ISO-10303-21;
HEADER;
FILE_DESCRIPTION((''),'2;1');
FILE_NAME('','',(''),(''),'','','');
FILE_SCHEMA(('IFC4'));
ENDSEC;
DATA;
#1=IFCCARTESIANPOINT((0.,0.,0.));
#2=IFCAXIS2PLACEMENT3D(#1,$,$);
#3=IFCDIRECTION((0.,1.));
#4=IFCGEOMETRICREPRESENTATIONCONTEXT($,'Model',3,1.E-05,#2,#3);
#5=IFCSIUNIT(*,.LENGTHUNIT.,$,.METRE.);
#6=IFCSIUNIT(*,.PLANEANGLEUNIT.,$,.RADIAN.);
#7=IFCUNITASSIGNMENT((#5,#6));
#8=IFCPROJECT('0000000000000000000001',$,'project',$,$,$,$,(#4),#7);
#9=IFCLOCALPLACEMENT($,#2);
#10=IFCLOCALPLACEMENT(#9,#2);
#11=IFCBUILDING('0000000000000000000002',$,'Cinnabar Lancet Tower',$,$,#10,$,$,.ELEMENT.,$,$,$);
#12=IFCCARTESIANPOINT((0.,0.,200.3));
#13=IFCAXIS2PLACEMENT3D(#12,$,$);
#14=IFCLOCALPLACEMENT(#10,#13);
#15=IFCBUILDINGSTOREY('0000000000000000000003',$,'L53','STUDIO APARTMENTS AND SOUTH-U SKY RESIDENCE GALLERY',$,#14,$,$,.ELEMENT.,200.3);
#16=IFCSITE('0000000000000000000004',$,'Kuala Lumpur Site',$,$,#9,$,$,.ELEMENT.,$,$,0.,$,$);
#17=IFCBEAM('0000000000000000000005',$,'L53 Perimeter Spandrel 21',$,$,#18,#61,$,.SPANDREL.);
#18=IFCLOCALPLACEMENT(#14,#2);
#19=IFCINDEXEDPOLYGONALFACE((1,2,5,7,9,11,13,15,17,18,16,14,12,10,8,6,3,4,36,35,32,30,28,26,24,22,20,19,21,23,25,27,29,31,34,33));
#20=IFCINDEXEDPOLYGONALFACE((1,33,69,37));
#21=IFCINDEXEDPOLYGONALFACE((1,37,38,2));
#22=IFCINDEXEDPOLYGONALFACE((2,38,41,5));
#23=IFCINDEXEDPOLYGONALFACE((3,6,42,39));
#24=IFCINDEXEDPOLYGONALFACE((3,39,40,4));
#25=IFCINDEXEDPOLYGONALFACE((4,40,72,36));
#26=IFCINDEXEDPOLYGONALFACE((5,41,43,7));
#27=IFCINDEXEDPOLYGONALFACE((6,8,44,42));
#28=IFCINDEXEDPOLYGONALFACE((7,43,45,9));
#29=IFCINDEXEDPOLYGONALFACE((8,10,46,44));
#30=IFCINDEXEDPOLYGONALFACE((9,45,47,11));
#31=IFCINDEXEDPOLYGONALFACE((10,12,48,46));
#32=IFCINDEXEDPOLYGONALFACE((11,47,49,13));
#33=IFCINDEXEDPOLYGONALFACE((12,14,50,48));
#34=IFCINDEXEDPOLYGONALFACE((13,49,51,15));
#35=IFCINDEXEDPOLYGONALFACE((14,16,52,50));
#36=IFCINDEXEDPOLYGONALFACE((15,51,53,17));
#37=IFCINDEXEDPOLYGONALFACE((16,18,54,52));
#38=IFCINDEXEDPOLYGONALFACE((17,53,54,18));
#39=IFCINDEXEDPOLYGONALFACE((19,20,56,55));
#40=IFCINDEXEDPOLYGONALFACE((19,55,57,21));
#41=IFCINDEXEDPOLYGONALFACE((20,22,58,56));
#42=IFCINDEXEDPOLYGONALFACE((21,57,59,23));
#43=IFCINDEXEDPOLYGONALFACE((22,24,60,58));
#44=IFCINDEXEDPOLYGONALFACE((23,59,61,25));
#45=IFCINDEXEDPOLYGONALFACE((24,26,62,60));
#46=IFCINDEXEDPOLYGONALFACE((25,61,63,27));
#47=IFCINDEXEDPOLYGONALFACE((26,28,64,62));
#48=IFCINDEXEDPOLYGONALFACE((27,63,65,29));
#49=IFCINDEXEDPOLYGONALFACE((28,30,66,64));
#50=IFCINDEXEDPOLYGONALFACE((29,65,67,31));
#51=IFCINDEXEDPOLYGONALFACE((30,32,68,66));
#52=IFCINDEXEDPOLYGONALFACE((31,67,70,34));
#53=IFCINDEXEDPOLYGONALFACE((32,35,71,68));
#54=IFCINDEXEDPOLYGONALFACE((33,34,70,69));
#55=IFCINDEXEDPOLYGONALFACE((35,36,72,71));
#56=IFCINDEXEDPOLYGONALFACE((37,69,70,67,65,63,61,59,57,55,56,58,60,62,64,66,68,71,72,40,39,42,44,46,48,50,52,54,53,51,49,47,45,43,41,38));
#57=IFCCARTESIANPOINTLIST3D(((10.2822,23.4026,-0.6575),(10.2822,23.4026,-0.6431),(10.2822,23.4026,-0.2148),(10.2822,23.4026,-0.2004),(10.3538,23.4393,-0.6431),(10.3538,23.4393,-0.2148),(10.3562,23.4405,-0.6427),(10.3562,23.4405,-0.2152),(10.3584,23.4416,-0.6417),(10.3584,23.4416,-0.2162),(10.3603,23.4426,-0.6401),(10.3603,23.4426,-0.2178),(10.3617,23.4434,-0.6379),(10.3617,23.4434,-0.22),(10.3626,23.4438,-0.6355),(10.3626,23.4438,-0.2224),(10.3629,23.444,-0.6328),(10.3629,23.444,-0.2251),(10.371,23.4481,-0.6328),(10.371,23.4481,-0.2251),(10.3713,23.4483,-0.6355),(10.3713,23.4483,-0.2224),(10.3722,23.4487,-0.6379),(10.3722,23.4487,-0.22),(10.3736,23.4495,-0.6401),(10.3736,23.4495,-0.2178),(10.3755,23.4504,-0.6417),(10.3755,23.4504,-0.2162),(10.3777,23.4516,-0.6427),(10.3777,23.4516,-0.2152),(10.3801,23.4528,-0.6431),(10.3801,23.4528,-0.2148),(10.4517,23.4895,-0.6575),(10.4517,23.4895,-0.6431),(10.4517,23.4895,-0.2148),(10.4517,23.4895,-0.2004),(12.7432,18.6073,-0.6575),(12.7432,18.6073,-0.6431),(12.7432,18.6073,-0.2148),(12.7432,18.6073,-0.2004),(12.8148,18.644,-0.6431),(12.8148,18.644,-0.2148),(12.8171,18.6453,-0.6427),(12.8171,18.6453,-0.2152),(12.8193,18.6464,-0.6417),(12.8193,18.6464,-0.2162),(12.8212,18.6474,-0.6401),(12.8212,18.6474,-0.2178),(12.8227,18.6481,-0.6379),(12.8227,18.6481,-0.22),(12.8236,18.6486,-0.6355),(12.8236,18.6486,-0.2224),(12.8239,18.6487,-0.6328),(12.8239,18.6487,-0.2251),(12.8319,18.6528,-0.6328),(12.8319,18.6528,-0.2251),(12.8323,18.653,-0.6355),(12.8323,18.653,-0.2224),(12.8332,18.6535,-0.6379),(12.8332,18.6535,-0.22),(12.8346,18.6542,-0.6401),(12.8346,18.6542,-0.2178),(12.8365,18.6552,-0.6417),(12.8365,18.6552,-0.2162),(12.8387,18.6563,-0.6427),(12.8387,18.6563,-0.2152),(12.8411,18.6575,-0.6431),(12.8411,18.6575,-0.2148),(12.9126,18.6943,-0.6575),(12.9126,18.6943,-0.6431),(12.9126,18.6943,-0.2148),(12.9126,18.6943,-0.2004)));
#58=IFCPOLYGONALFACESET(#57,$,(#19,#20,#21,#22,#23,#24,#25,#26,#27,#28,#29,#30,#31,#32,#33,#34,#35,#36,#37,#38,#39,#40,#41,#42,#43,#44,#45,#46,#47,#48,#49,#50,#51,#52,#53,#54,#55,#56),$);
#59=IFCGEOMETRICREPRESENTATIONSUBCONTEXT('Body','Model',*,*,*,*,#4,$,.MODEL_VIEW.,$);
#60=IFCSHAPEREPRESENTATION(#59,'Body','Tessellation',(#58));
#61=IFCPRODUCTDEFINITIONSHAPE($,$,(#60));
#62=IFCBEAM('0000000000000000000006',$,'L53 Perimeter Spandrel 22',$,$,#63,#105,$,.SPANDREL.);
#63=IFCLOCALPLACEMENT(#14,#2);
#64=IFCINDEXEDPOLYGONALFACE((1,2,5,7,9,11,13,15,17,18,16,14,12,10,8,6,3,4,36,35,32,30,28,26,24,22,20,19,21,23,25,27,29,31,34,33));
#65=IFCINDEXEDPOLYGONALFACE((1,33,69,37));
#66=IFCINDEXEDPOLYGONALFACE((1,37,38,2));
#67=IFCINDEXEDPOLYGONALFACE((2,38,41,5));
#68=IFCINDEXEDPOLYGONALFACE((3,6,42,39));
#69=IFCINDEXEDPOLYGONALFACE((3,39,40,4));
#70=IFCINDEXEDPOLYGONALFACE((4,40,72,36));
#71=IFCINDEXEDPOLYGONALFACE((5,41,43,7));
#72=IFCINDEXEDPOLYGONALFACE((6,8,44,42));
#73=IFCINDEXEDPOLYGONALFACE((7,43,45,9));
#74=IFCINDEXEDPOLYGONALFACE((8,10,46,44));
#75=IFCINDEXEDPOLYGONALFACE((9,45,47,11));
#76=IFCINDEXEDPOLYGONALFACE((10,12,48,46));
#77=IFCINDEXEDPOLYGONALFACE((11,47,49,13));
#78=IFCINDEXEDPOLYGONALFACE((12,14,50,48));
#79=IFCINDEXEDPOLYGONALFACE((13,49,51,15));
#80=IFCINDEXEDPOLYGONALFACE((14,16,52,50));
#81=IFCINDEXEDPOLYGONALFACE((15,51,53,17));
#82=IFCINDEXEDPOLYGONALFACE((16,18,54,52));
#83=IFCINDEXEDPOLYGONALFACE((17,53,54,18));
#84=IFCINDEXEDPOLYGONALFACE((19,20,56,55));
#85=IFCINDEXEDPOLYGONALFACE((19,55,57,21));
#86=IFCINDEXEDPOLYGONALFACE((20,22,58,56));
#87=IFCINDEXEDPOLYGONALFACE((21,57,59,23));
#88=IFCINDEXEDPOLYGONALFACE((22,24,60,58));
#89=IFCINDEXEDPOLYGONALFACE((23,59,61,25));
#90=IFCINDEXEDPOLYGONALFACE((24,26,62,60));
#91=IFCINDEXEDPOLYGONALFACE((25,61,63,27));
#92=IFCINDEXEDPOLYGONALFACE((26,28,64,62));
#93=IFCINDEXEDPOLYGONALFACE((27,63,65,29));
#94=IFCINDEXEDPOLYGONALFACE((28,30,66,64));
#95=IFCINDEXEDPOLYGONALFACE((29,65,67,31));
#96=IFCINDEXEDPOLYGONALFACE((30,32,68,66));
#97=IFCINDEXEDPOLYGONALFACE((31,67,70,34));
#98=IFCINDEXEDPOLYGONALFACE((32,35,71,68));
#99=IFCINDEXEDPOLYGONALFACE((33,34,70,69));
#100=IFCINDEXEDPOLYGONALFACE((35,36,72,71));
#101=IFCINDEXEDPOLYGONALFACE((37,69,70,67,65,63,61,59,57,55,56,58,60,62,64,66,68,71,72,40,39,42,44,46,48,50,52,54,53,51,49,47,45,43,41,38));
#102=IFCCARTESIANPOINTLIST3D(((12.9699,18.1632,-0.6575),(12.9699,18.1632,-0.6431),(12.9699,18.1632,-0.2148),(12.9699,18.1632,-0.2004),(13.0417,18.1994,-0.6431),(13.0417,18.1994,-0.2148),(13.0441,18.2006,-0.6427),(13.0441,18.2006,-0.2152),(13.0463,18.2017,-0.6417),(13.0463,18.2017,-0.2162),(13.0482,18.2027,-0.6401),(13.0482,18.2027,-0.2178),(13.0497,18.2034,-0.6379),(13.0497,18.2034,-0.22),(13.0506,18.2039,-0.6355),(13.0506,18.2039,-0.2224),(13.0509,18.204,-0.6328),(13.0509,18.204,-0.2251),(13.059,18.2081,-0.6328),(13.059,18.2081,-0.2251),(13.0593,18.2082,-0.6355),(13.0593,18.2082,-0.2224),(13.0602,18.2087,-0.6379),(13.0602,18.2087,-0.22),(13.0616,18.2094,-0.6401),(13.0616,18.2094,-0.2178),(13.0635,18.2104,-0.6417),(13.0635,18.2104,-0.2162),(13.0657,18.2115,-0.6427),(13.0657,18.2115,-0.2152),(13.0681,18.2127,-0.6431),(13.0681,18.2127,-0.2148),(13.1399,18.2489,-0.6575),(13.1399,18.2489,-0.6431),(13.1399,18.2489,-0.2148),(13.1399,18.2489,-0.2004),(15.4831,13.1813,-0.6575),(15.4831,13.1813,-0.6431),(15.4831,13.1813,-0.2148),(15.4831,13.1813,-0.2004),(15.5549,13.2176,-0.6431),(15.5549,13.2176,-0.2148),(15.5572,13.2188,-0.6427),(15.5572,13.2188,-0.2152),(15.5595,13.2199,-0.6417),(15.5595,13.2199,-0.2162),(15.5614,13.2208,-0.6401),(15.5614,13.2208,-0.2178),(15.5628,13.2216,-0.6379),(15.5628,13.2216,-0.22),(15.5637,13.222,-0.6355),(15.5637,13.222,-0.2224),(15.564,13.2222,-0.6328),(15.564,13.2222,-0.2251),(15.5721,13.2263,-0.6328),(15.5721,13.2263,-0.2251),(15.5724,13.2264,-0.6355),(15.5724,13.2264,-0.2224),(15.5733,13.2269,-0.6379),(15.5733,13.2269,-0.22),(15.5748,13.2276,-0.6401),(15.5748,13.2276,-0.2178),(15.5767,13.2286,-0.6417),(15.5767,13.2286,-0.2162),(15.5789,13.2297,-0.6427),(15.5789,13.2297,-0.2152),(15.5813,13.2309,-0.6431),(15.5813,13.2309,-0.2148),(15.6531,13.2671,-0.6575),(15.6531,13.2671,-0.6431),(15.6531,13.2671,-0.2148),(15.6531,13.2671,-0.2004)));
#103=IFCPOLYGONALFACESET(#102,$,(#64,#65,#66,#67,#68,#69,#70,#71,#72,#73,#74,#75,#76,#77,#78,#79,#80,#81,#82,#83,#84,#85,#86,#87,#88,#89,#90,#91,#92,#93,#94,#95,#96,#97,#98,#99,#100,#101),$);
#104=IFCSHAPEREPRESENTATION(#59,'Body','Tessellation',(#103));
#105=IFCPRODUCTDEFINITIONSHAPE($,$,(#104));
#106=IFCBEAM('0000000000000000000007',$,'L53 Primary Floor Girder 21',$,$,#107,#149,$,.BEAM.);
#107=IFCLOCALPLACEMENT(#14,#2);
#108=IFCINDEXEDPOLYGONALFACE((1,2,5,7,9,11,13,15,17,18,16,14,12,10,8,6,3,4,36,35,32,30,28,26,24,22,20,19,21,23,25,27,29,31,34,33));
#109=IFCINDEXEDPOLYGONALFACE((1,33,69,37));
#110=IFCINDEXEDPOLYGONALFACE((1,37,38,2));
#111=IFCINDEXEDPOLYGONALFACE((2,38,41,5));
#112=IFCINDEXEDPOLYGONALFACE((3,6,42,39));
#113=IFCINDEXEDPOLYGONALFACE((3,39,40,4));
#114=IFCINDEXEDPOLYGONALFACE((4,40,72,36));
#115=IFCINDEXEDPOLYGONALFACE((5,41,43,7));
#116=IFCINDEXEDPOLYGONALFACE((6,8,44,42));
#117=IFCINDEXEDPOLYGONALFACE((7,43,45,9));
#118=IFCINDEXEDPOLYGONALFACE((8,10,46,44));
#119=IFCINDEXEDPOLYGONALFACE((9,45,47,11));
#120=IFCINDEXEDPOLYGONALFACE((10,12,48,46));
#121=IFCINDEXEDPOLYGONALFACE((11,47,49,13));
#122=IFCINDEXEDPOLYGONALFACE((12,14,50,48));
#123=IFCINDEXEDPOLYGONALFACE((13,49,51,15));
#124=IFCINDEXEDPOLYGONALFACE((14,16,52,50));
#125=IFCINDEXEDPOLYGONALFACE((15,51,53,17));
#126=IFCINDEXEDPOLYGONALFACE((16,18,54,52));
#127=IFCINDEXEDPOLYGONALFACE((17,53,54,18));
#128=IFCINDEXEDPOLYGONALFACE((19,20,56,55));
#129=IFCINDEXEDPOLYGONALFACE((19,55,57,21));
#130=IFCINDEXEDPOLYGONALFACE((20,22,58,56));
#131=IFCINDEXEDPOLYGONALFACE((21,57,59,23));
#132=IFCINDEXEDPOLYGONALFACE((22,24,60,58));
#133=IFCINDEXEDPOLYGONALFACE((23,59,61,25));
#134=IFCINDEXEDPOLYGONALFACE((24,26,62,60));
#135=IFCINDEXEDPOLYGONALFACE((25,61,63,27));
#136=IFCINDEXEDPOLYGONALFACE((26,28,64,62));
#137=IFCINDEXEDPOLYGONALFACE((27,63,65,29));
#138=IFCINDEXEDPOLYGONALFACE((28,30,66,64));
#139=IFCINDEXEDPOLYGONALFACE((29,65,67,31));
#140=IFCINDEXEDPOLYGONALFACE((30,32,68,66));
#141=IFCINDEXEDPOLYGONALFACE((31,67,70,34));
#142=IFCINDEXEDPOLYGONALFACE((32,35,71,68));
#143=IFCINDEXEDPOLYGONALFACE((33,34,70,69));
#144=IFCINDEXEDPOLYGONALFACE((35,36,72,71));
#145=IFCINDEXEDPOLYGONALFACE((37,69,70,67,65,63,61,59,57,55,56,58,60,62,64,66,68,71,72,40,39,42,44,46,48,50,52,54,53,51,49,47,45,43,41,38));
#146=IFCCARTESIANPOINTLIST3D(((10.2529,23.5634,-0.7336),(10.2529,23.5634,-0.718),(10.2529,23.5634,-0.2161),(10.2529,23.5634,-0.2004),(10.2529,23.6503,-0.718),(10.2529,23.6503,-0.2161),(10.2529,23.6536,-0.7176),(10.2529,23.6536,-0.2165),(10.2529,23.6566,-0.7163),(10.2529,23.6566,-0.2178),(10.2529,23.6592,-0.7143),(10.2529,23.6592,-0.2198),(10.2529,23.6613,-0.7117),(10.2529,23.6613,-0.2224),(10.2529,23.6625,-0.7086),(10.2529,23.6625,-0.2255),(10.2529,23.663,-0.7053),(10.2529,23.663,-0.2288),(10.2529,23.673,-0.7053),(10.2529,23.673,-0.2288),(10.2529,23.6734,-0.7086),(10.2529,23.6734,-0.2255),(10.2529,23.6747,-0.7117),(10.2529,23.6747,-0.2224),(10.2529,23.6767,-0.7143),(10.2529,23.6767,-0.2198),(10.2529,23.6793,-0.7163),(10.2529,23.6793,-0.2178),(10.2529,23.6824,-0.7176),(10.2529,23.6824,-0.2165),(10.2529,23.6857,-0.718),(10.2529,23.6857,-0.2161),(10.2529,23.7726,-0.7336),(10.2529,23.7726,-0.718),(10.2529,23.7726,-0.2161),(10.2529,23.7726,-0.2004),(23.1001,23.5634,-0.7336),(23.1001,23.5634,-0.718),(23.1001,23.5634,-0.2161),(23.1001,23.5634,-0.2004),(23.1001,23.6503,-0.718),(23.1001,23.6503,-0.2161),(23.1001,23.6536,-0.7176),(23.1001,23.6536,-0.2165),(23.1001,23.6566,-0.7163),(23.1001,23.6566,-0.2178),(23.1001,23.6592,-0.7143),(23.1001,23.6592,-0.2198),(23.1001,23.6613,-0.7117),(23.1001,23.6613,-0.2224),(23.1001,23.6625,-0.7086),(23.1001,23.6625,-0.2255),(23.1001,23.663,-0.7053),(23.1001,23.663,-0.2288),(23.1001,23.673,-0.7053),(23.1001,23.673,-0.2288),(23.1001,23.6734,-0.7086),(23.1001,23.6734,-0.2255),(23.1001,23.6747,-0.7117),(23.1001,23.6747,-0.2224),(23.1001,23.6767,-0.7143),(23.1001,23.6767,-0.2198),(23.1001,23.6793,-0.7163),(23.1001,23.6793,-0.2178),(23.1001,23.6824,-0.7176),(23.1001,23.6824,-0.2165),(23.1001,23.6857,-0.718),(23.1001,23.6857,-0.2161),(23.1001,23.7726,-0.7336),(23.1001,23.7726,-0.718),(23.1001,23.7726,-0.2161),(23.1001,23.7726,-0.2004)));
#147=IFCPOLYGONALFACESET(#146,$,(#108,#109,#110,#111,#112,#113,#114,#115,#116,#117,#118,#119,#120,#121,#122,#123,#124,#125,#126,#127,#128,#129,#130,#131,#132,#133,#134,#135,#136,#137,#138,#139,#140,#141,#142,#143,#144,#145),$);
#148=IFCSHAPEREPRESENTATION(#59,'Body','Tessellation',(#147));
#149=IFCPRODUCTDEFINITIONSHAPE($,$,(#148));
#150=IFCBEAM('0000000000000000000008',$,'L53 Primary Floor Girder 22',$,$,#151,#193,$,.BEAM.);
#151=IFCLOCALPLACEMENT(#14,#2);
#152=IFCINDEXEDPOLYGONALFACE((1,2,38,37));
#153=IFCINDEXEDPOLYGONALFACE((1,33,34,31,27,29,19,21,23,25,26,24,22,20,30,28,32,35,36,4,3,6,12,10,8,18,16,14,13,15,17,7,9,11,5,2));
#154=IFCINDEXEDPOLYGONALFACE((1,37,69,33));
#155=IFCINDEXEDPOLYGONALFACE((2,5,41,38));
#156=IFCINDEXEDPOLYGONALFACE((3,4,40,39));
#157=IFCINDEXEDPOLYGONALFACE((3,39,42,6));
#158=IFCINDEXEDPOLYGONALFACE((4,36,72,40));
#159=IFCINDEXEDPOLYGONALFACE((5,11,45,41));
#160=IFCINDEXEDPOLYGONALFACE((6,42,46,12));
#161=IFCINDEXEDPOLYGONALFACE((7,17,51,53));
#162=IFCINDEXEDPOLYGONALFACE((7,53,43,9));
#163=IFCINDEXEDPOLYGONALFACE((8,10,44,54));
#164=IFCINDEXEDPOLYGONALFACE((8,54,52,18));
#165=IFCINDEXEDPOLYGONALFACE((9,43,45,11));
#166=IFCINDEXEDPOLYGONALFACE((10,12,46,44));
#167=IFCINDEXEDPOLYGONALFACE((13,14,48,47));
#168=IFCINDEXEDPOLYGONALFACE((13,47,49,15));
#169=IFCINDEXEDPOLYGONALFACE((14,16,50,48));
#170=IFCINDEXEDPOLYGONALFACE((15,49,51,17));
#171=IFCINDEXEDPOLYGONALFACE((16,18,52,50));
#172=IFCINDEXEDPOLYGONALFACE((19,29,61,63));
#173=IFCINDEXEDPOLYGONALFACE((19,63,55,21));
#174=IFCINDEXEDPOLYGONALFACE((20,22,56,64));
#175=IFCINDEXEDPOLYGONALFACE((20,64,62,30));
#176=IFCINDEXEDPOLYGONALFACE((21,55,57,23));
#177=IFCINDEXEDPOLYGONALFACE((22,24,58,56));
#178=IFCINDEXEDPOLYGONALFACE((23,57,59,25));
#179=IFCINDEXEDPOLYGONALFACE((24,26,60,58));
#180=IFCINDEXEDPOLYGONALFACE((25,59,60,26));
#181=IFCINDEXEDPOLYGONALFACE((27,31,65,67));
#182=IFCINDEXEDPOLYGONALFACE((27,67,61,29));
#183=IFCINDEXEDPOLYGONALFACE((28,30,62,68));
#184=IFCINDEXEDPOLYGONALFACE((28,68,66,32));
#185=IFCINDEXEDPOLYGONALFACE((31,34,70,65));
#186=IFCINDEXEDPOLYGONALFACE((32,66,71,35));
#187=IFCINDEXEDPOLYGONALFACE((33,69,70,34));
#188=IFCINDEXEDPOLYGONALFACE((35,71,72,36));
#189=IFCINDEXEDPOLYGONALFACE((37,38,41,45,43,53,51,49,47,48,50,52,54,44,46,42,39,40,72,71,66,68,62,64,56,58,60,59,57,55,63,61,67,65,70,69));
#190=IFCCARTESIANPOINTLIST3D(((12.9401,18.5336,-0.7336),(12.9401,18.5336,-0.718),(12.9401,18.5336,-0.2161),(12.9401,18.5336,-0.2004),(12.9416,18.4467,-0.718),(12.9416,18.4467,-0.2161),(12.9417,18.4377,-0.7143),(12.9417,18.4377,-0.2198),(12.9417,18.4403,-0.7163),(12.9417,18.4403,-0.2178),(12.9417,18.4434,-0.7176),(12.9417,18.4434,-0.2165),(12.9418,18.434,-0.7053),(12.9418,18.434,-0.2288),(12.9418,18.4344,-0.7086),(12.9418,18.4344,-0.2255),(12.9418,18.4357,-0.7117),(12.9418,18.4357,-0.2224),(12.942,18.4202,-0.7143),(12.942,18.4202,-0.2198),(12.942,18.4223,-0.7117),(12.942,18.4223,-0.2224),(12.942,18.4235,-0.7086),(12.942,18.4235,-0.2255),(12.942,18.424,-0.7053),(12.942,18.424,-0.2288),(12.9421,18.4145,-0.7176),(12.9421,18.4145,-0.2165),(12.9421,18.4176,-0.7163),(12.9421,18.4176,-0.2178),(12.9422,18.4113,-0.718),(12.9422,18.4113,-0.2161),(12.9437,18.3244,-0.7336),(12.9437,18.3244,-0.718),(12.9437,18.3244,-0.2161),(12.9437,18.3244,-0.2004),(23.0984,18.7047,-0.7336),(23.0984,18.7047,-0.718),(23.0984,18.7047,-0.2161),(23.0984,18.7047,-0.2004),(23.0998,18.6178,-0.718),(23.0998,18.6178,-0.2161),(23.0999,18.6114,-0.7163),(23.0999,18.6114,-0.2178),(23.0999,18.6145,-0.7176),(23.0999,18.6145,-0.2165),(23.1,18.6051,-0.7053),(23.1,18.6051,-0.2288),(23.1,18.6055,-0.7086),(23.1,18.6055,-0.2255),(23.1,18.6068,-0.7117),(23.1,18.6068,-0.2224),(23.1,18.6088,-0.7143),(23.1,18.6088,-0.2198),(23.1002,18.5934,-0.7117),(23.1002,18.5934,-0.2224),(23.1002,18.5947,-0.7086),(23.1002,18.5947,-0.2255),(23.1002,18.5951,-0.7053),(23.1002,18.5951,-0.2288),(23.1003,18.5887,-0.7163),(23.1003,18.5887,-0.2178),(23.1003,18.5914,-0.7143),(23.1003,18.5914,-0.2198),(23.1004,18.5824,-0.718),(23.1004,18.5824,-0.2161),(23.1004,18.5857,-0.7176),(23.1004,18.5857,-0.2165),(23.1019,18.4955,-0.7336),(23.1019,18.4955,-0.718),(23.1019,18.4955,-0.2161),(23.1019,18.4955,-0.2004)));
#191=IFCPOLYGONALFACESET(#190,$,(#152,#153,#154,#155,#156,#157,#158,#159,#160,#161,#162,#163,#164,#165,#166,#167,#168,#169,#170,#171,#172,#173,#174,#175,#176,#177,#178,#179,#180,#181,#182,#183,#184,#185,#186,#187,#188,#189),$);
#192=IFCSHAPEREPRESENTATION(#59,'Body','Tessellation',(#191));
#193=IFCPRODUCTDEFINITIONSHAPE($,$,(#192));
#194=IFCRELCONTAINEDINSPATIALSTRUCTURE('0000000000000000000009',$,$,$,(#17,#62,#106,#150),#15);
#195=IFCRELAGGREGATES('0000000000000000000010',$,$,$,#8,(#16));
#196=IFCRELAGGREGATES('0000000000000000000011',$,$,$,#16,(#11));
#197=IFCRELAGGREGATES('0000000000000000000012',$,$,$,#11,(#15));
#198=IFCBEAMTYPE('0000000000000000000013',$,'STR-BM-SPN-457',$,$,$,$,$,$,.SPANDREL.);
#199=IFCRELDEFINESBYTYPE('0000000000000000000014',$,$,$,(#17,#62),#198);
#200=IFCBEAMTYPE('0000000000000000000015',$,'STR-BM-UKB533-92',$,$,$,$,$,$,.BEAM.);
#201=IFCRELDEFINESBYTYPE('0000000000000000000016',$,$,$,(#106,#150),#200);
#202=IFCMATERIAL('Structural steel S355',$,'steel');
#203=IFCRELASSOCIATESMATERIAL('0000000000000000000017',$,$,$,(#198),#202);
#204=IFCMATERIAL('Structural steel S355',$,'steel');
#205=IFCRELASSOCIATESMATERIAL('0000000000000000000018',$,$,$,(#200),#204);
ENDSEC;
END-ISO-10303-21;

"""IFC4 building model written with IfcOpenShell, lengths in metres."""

from ifc_helpers import new_model, si_unit, direction, frame, origin, origin_2d, place, context, subcontext, project, spatial, i_section, extrude, material, material_profile, profile_set, type_object, element, save


model = new_model("IFC4")

# Units and contexts
model_context = context("Model", 3, precision=1e-05, world=origin(), true_north=direction((0.0, 1.0)))
body_context = subcontext(model_context, "Body", "Model", "MODEL_VIEW")
ifc_project = project(units=[si_unit("LENGTHUNIT", "METRE"), si_unit("PLANEANGLEUNIT", "RADIAN")], contexts=[model_context])

# Site, building, storey
site_placement = place(None, origin())
site = spatial("IfcSite", under=ifc_project, at=site_placement, Name="Kuala Lumpur Site", CompositionType="ELEMENT", RefElevation=0.0)
building_placement = place(site_placement, origin())
building = spatial("IfcBuilding", under=site, at=building_placement, Name="Cinnabar Lancet Tower", CompositionType="ELEMENT")
storey_placement = place(building_placement, frame((0.0, 0.0, 200.3)))
storey = spatial("IfcBuildingStorey", under=building, at=storey_placement, Name="L53", Description="STUDIO APARTMENTS AND SOUTH-U SKY RESIDENCE GALLERY", CompositionType="ELEMENT", Elevation=200.3)

# Beams
ifc_material_1 = material(Name="Structural steel S355", Category="steel")
ifc_material_profile_1 = material_profile(ifc_material_1, i_section(OverallWidth=0.1904, OverallDepth=0.457, WebThickness=0.009, FlangeThickness=0.0144, FilletRadius=0.0103, at=origin_2d()), Name="UKB 457x191x74")
ifc_profile_set_1 = profile_set([ifc_material_profile_1], Name="Structural steel S355")
beam_type_1 = type_object("IfcBeamType", Name="STR-BM-SPN-457", PredefinedType="SPANDREL", material=ifc_profile_set_1)
beam_1_placement = place(storey_placement, frame((10.3669, 23.446, -0.429), z_axis=(0.456593, -0.889676, 0.0), x_axis=(0.889676, 0.456593, 0.0)))
element("IfcBeam", 1, at=beam_1_placement, inside=storey, type_object=beam_type_1, Name="L53 Perimeter Spandrel 21", PredefinedType="SPANDREL", context=body_context, shape_type="SweptSolid", body=[
    extrude(i_section(OverallWidth=0.1904, OverallDepth=0.457, WebThickness=0.009, FlangeThickness=0.0144, FilletRadius=0.0103, at=origin_2d()), origin(), (0.0, 0.0, 1.0), 5.3899),
])
beam_2_placement = place(storey_placement, frame((13.0549, 18.2061, -0.429), z_axis=(0.450396, -0.892829, 0.0), x_axis=(0.892829, 0.450396, 0.0)))
element("IfcBeam", 2, at=beam_2_placement, inside=storey, type_object=beam_type_1, Name="L53 Perimeter Spandrel 22", PredefinedType="SPANDREL", context=body_context, shape_type="SweptSolid", body=[
    extrude(i_section(OverallWidth=0.1904, OverallDepth=0.457, WebThickness=0.009, FlangeThickness=0.0144, FilletRadius=0.0103, at=origin_2d()), origin(), (0.0, 0.0, 1.0), 5.5798),
])
ifc_material_2 = material(Name="Structural steel S355", Category="steel")
ifc_material_profile_2 = material_profile(ifc_material_2, i_section(OverallWidth=0.2092, OverallDepth=0.5332, WebThickness=0.01, FlangeThickness=0.0156, FilletRadius=0.0127, at=origin_2d()), Name="UKB 533x210x92")
ifc_profile_set_2 = profile_set([ifc_material_profile_2], Name="Structural steel S355")
beam_type_2 = type_object("IfcBeamType", Name="STR-BM-UKB533-92", PredefinedType="BEAM", material=ifc_profile_set_2)
beam_3_placement = place(storey_placement, frame((10.2529, 23.668, -0.467), z_axis=(1.0, 0.0, 0.0), x_axis=(0.0, 1.0, 0.0)))
element("IfcBeam", 3, at=beam_3_placement, inside=storey, type_object=beam_type_2, Name="L53 Primary Floor Girder 21", PredefinedType="BEAM", context=body_context, shape_type="SweptSolid", body=[
    extrude(i_section(OverallWidth=0.2092, OverallDepth=0.5332, WebThickness=0.01, FlangeThickness=0.0156, FilletRadius=0.0127, at=origin_2d()), origin(), (0.0, 0.0, 1.0), 12.8472),
])
beam_4_placement = place(storey_placement, frame((12.9419, 18.429, -0.467), z_axis=(0.999858, 0.016845, 0.0), x_axis=(-0.016845, 0.999858, 0.0)))
element("IfcBeam", 4, at=beam_4_placement, inside=storey, type_object=beam_type_2, Name="L53 Primary Floor Girder 22", PredefinedType="BEAM", context=body_context, shape_type="SweptSolid", body=[
    extrude(i_section(OverallWidth=0.2092, OverallDepth=0.5332, WebThickness=0.01, FlangeThickness=0.0156, FilletRadius=0.0127, at=origin_2d()), origin(), (0.0, 0.0, 1.0), 10.1597),
])

save(model, "model.ifc")
